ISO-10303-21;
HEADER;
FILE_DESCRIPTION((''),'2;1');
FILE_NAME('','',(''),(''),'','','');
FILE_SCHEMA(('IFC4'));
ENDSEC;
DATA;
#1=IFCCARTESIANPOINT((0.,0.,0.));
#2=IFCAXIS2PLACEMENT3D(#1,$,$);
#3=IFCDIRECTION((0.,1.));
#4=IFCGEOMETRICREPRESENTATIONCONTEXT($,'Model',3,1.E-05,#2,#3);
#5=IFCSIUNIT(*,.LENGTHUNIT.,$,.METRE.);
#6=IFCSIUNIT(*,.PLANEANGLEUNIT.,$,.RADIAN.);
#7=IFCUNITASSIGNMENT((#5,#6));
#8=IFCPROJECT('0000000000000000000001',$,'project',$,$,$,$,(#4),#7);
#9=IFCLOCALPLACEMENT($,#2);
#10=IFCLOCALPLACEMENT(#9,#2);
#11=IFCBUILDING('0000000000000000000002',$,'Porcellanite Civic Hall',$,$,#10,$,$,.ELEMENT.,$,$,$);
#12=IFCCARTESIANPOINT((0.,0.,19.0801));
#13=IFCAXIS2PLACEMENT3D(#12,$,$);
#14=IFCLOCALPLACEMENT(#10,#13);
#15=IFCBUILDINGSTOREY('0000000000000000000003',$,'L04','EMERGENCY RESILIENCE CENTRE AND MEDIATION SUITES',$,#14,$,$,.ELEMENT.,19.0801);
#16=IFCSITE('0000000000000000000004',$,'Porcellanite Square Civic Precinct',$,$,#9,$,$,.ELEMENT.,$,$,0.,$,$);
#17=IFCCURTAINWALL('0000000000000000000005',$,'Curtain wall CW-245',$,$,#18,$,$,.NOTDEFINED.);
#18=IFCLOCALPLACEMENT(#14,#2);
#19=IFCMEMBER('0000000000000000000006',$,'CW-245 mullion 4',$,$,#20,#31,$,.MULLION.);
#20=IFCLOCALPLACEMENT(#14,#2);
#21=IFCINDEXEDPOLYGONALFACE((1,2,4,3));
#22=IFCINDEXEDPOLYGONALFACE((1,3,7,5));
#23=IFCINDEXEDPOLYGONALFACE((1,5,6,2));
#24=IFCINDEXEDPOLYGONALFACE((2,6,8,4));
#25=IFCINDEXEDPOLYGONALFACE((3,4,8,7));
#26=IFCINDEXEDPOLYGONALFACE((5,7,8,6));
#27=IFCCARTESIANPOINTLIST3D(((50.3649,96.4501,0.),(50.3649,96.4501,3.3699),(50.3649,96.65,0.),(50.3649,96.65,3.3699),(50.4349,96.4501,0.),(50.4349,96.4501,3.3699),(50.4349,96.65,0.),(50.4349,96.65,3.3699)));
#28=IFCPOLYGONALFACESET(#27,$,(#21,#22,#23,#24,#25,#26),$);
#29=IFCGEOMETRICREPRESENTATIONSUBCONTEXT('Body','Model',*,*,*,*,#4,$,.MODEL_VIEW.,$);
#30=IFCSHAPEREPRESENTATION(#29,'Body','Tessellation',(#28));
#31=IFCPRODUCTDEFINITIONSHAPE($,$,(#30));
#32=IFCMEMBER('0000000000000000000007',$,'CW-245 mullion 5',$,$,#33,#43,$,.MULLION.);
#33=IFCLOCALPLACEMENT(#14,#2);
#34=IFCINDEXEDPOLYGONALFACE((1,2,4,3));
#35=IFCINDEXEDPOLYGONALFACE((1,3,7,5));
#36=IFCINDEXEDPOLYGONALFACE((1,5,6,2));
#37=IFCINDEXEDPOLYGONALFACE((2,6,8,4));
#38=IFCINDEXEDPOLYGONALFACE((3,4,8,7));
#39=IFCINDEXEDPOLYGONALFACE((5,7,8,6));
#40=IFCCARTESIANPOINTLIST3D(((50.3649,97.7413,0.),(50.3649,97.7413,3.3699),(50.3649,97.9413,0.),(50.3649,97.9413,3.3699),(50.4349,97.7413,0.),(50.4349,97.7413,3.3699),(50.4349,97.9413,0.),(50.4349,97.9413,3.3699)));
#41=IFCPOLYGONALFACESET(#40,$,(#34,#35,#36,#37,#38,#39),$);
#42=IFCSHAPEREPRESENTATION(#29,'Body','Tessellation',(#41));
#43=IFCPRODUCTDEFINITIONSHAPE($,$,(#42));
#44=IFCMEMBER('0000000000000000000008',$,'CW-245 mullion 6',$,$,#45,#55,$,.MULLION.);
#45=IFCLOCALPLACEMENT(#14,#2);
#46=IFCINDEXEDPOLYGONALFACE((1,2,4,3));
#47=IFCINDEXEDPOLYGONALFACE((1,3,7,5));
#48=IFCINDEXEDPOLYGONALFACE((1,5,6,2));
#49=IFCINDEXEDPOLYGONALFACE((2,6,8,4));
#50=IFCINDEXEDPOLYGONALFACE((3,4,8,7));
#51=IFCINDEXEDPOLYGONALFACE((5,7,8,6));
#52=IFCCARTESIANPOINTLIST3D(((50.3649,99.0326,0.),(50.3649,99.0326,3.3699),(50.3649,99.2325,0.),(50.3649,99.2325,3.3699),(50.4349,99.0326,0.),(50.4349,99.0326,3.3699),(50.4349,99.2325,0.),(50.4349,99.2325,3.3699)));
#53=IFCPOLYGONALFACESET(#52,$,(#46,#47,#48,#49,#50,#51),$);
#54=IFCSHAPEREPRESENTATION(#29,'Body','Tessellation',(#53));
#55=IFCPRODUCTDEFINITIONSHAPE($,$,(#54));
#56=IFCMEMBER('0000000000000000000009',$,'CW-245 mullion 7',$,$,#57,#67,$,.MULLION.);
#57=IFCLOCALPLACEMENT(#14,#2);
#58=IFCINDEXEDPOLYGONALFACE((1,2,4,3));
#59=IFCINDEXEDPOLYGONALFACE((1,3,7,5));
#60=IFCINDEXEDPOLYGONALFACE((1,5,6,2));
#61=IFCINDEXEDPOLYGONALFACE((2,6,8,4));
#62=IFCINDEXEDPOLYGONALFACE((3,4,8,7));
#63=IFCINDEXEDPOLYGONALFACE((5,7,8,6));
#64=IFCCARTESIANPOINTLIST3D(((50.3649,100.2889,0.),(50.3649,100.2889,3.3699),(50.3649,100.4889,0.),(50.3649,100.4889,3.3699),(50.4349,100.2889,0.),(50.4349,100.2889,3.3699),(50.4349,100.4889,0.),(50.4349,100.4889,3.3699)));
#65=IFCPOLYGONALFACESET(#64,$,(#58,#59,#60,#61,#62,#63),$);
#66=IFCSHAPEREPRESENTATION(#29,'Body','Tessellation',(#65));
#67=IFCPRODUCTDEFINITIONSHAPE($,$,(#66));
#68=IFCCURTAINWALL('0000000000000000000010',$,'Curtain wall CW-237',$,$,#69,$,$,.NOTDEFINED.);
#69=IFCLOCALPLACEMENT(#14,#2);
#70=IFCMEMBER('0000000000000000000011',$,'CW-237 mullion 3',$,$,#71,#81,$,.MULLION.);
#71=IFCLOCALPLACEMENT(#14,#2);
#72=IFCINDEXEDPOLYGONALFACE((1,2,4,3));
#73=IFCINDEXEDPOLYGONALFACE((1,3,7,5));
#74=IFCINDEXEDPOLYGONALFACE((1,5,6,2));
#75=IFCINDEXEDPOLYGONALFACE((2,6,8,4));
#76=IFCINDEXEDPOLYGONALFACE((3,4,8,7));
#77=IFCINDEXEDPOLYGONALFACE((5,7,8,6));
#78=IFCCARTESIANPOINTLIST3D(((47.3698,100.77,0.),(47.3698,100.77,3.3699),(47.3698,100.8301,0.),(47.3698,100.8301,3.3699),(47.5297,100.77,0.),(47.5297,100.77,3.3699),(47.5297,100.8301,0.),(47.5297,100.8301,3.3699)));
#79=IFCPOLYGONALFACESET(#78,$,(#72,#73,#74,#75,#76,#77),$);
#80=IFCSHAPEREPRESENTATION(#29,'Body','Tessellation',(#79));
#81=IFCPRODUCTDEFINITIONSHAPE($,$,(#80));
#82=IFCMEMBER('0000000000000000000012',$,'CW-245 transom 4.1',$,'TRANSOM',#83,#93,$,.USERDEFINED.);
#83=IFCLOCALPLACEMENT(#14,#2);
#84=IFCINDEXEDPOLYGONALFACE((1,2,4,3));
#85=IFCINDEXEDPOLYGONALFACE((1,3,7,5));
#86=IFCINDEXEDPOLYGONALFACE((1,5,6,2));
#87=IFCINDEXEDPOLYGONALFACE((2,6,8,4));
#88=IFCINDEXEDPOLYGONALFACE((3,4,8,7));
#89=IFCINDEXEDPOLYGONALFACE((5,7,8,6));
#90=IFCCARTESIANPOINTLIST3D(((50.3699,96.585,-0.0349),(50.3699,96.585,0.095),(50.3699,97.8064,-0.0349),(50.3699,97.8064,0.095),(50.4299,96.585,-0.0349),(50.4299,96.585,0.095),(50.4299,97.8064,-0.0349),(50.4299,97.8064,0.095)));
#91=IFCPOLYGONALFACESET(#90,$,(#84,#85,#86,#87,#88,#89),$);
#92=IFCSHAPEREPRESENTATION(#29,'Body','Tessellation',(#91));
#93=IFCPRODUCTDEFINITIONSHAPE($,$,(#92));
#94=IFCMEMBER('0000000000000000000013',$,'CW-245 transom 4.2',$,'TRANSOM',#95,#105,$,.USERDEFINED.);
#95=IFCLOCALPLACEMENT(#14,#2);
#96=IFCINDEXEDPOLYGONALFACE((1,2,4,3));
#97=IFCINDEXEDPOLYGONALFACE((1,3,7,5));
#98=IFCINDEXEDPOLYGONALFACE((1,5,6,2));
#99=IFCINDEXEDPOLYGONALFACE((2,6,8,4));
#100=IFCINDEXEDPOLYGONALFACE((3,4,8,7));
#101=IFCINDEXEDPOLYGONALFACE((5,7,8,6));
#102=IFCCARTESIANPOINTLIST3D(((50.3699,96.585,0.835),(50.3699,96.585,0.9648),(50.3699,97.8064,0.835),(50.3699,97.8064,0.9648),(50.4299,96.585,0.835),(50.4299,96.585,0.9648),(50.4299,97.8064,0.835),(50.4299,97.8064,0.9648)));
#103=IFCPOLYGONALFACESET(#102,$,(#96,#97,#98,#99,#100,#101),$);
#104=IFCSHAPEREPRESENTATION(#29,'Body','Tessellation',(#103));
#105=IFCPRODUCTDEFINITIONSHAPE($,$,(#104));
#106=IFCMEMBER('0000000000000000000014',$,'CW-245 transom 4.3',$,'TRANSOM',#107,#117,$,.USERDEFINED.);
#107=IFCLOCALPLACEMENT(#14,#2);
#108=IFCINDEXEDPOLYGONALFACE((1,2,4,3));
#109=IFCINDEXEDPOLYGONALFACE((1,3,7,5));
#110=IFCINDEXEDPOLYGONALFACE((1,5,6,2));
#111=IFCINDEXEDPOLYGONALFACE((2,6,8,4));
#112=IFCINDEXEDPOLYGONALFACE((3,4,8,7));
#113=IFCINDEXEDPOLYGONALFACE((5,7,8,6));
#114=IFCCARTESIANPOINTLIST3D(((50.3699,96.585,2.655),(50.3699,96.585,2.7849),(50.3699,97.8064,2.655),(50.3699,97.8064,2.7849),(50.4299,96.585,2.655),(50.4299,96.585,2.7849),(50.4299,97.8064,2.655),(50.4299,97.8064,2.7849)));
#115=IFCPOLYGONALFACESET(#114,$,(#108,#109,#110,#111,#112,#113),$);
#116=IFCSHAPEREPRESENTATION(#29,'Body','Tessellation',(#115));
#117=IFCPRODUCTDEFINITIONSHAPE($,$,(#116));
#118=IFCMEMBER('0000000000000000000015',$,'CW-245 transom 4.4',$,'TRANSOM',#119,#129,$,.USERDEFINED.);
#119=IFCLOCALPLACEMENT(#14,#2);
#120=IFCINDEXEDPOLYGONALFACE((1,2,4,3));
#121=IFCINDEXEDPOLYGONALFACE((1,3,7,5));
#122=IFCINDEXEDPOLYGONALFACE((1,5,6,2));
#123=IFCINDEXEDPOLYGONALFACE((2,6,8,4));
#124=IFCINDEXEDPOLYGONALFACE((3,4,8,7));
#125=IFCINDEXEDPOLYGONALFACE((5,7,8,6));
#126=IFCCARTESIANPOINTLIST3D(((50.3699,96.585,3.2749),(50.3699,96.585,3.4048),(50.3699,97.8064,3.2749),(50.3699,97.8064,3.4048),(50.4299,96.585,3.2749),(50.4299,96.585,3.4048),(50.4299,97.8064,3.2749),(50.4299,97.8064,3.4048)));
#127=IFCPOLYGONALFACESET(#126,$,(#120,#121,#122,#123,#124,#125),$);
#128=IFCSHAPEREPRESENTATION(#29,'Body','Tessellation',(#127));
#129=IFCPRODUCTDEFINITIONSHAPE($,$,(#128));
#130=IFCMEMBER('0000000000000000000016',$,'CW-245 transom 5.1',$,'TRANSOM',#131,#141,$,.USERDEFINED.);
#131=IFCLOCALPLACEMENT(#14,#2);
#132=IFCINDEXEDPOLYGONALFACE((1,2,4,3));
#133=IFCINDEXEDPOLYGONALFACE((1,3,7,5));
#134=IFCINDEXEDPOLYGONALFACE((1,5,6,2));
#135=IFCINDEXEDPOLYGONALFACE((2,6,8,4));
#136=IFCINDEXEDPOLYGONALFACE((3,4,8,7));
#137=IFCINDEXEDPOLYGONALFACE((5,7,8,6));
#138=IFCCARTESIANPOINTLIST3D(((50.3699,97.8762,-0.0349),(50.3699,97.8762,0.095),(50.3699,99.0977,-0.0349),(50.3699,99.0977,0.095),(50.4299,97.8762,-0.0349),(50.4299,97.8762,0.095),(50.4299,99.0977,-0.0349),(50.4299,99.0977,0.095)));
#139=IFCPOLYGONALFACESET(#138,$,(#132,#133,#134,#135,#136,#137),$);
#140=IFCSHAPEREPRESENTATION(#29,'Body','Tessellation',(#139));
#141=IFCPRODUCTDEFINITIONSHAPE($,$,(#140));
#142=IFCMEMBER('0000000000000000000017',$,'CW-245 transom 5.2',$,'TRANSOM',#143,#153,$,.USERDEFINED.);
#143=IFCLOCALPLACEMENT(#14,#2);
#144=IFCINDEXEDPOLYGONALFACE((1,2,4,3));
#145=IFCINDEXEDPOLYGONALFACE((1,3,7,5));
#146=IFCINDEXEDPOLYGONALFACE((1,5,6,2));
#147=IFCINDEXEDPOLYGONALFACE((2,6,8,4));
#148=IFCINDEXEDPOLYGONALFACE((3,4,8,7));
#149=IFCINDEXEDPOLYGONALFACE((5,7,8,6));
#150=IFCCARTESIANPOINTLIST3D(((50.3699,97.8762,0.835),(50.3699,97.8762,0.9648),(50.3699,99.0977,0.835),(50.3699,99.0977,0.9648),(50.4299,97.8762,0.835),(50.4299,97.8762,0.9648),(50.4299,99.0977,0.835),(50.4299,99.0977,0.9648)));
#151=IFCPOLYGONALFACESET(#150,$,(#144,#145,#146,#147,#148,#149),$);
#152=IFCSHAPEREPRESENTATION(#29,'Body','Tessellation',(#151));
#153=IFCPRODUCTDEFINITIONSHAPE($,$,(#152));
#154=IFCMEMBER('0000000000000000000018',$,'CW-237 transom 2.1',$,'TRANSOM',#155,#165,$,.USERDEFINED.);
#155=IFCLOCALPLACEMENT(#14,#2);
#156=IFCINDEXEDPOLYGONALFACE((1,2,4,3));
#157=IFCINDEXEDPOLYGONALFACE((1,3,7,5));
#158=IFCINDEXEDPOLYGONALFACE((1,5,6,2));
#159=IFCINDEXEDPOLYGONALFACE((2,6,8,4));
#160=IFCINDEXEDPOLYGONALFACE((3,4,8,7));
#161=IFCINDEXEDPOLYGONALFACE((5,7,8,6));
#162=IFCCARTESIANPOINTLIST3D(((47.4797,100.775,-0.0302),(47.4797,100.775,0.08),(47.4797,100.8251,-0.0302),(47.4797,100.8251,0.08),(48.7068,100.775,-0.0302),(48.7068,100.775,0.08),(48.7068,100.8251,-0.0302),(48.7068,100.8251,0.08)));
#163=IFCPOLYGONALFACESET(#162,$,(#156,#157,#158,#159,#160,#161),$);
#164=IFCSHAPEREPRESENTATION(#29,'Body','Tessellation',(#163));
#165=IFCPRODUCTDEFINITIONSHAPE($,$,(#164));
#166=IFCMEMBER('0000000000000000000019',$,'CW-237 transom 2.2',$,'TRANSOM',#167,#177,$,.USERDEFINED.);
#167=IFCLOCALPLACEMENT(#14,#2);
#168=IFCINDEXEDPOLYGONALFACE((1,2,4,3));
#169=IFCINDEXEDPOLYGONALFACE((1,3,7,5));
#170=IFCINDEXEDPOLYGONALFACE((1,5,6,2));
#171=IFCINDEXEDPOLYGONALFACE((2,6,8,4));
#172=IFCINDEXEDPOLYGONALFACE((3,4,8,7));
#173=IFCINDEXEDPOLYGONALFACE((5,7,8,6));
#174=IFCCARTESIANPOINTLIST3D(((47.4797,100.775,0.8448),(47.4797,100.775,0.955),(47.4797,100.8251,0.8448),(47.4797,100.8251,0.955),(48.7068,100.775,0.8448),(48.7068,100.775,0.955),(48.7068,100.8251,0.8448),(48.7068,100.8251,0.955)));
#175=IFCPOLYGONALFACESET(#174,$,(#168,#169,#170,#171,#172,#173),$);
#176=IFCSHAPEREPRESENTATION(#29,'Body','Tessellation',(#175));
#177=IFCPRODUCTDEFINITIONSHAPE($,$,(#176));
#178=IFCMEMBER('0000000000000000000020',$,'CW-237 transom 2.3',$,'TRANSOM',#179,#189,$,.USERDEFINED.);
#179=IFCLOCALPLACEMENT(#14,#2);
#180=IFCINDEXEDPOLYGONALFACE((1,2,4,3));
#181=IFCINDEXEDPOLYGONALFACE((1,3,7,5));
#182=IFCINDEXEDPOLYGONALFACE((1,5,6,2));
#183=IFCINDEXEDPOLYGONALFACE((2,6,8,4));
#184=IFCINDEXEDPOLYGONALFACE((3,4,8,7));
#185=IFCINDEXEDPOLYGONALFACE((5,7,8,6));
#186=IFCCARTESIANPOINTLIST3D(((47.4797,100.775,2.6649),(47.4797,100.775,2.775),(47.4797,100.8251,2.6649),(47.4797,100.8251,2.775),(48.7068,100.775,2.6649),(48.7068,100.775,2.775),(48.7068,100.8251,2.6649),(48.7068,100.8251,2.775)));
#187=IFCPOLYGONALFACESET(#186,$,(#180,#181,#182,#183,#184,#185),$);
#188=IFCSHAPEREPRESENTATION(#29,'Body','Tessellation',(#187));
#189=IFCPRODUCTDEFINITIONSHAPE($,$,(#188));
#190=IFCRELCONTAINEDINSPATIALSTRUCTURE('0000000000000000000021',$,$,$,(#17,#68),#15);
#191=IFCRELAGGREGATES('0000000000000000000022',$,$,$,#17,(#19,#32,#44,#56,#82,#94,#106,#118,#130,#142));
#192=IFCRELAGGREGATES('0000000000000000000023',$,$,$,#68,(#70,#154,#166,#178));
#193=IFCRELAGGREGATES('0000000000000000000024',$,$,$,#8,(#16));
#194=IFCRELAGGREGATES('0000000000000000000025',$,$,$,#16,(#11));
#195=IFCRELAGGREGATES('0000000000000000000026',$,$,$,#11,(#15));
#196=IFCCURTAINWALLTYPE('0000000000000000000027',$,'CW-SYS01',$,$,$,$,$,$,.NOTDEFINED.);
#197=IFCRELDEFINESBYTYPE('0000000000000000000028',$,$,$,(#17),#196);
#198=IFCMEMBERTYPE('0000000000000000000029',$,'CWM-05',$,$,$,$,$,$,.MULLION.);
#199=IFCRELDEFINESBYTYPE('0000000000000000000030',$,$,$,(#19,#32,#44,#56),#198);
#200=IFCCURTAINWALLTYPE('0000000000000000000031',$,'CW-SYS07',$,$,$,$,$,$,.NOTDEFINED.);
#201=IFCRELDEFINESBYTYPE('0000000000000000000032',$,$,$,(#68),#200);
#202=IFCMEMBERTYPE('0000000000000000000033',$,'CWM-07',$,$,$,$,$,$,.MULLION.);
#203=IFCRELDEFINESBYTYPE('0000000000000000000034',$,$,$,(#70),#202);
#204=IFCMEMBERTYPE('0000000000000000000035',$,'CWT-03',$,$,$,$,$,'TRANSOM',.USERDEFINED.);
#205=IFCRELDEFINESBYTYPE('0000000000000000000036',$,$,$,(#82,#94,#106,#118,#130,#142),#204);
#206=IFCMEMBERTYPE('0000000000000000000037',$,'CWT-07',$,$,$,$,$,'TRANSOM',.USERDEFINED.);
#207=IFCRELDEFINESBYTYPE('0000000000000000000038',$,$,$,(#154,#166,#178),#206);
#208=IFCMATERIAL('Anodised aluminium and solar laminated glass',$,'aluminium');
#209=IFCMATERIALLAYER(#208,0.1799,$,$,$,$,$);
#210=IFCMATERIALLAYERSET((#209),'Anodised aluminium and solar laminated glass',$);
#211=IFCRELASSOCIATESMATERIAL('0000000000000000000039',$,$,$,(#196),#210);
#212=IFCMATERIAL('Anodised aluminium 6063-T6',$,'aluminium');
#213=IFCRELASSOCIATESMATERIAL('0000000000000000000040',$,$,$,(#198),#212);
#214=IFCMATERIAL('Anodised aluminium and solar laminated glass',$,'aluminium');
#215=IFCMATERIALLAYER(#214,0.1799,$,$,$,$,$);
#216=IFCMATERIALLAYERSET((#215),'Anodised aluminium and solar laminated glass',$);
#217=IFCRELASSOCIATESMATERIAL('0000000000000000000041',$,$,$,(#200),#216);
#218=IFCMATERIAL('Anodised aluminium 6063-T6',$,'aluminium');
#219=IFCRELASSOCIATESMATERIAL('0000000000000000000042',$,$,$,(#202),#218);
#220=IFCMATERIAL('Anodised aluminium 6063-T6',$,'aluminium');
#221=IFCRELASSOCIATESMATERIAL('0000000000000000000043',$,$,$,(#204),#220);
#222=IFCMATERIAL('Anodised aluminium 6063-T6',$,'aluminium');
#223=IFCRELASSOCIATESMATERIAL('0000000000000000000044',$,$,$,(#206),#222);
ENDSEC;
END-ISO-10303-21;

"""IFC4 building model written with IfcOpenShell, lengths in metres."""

from ifc_helpers import new_model, si_unit, direction, frame, origin, origin_2d, place, context, subcontext, project, spatial, rectangle, extrude, material, layer, layer_set, material_profile, profile_set, type_object, element, aggregate, save


model = new_model("IFC4")

# Units and contexts
model_context = context("Model", 3, precision=1e-05, world=origin(), true_north=direction((0.0, 1.0)))
body_context = subcontext(model_context, "Body", "Model", "MODEL_VIEW")
ifc_project = project(units=[si_unit("LENGTHUNIT", "METRE"), si_unit("PLANEANGLEUNIT", "RADIAN")], contexts=[model_context])

# Site, building, storey
site_placement = place(None, origin())
site = spatial("IfcSite", under=ifc_project, at=site_placement, Name="Porcellanite Square Civic Precinct", CompositionType="ELEMENT", RefElevation=0.0)
building_placement = place(site_placement, origin())
building = spatial("IfcBuilding", under=site, at=building_placement, Name="Porcellanite Civic Hall", CompositionType="ELEMENT")
storey_placement = place(building_placement, frame((0.0, 0.0, 19.0801)))
storey = spatial("IfcBuildingStorey", under=building, at=storey_placement, Name="L04", Description="EMERGENCY RESILIENCE CENTRE AND MEDIATION SUITES", CompositionType="ELEMENT", Elevation=19.0801)

# Curtain wall, members
ifc_material_1 = material(Name="Anodised aluminium and solar laminated glass", Category="aluminium")
ifc_layer_1 = layer(ifc_material_1, 0.1799)
ifc_layer_set_1 = layer_set([ifc_layer_1], Name="Anodised aluminium and solar laminated glass")
curtain_wall_type_1 = type_object("IfcCurtainWallType", Name="CW-SYS01", PredefinedType="NOTDEFINED", material=ifc_layer_set_1)
curtain_wall_1_placement = place(storey_placement, origin())
curtain_wall_1 = element("IfcCurtainWall", 1, at=curtain_wall_1_placement, inside=storey, type_object=curtain_wall_type_1, Name="Curtain wall CW-245", PredefinedType="NOTDEFINED")
ifc_material_2 = material(Name="Anodised aluminium 6063-T6", Category="aluminium")
ifc_material_profile_1 = material_profile(ifc_material_2, rectangle(XDim=0.0701, YDim=0.2, at=origin_2d()), Name="AL-70x200")
ifc_profile_set_1 = profile_set([ifc_material_profile_1], Name="Anodised aluminium 6063-T6")
member_type_1 = type_object("IfcMemberType", Name="CWM-05", PredefinedType="MULLION", material=ifc_profile_set_1)
member_1_placement = place(storey_placement, frame((50.3999, 96.55, 0.0), z_axis=(0.0, 0.0, 1.0), x_axis=(-1.0, 0.0, 0.0)))
member_1 = element("IfcMember", 2, at=member_1_placement, type_object=member_type_1, Name="CW-245 mullion 4", PredefinedType="MULLION", context=body_context, shape_type="SweptSolid", body=[
    extrude(rectangle(XDim=0.0701, YDim=0.2, at=origin_2d()), origin(), (0.0, 0.0, 1.0), 3.3699),
])
member_2_placement = place(storey_placement, frame((50.3999, 97.8413, 0.0), z_axis=(0.0, 0.0, 1.0), x_axis=(-1.0, 0.0, 0.0)))
member_2 = element("IfcMember", 3, at=member_2_placement, type_object=member_type_1, Name="CW-245 mullion 5", PredefinedType="MULLION", context=body_context, shape_type="SweptSolid", body=[
    extrude(rectangle(XDim=0.0701, YDim=0.2, at=origin_2d()), origin(), (0.0, 0.0, 1.0), 3.3699),
])
member_3_placement = place(storey_placement, frame((50.3999, 99.1326, 0.0), z_axis=(0.0, 0.0, 1.0), x_axis=(-1.0, 0.0, 0.0)))
member_3 = element("IfcMember", 4, at=member_3_placement, type_object=member_type_1, Name="CW-245 mullion 6", PredefinedType="MULLION", context=body_context, shape_type="SweptSolid", body=[
    extrude(rectangle(XDim=0.0701, YDim=0.2, at=origin_2d()), origin(), (0.0, 0.0, 1.0), 3.3699),
])
member_4_placement = place(storey_placement, frame((50.3999, 100.3889, 0.0), z_axis=(0.0, 0.0, 1.0), x_axis=(-1.0, 0.0, 0.0)))
member_4 = element("IfcMember", 5, at=member_4_placement, type_object=member_type_1, Name="CW-245 mullion 7", PredefinedType="MULLION", context=body_context, shape_type="SweptSolid", body=[
    extrude(rectangle(XDim=0.0701, YDim=0.2, at=origin_2d()), origin(), (0.0, 0.0, 1.0), 3.3699),
])

# Curtain wall, member
ifc_material_3 = material(Name="Anodised aluminium and solar laminated glass", Category="aluminium")
ifc_layer_2 = layer(ifc_material_3, 0.1799)
ifc_layer_set_2 = layer_set([ifc_layer_2], Name="Anodised aluminium and solar laminated glass")
curtain_wall_type_2 = type_object("IfcCurtainWallType", Name="CW-SYS07", PredefinedType="NOTDEFINED", material=ifc_layer_set_2)
curtain_wall_2_placement = place(storey_placement, origin())
curtain_wall_2 = element("IfcCurtainWall", 6, at=curtain_wall_2_placement, inside=storey, type_object=curtain_wall_type_2, Name="Curtain wall CW-237", PredefinedType="NOTDEFINED")
ifc_material_4 = material(Name="Anodised aluminium 6063-T6", Category="aluminium")
ifc_material_profile_2 = material_profile(ifc_material_4, rectangle(XDim=0.0601, YDim=0.1599, at=origin_2d()), Name="AL-60x160")
ifc_profile_set_2 = profile_set([ifc_material_profile_2], Name="Anodised aluminium 6063-T6")
member_type_2 = type_object("IfcMemberType", Name="CWM-07", PredefinedType="MULLION", material=ifc_profile_set_2)
member_5_placement = place(storey_placement, frame((47.4497, 100.8, 0.0), z_axis=(0.0, 0.0, 1.0), x_axis=(0.0, -1.0, 0.0)))
member_5 = element("IfcMember", 7, at=member_5_placement, type_object=member_type_2, Name="CW-237 mullion 3", PredefinedType="MULLION", context=body_context, shape_type="SweptSolid", body=[
    extrude(rectangle(XDim=0.0601, YDim=0.1599, at=origin_2d()), origin(), (0.0, 0.0, 1.0), 3.3699),
])

# Members
ifc_material_5 = material(Name="Anodised aluminium 6063-T6", Category="aluminium")
ifc_material_profile_3 = material_profile(ifc_material_5, rectangle(XDim=0.0601, YDim=0.1299, at=origin_2d()), Name="AL-60x130")
ifc_profile_set_3 = profile_set([ifc_material_profile_3], Name="Anodised aluminium 6063-T6")
member_type_3 = type_object("IfcMemberType", Name="CWT-03", ElementType="TRANSOM", PredefinedType="USERDEFINED", material=ifc_profile_set_3)
member_6_placement = place(storey_placement, frame((50.3999, 96.585, 0.03), z_axis=(0.0, 1.0, 0.0), x_axis=(-1.0, 0.0, 0.0)))
member_6 = element("IfcMember", 8, at=member_6_placement, type_object=member_type_3, Name="CW-245 transom 4.1", ObjectType="TRANSOM", PredefinedType="USERDEFINED", context=body_context, shape_type="SweptSolid", body=[
    extrude(rectangle(XDim=0.0601, YDim=0.1299, at=origin_2d()), origin(), (0.0, 0.0, 1.0), 1.2214),
])
member_7_placement = place(storey_placement, frame((50.3999, 96.585, 0.8999), z_axis=(0.0, 1.0, 0.0), x_axis=(-1.0, 0.0, 0.0)))
member_7 = element("IfcMember", 9, at=member_7_placement, type_object=member_type_3, Name="CW-245 transom 4.2", ObjectType="TRANSOM", PredefinedType="USERDEFINED", context=body_context, shape_type="SweptSolid", body=[
    extrude(rectangle(XDim=0.0601, YDim=0.1299, at=origin_2d()), origin(), (0.0, 0.0, 1.0), 1.2214),
])
member_8_placement = place(storey_placement, frame((50.3999, 96.585, 2.72), z_axis=(0.0, 1.0, 0.0), x_axis=(-1.0, 0.0, 0.0)))
member_8 = element("IfcMember", 10, at=member_8_placement, type_object=member_type_3, Name="CW-245 transom 4.3", ObjectType="TRANSOM", PredefinedType="USERDEFINED", context=body_context, shape_type="SweptSolid", body=[
    extrude(rectangle(XDim=0.0601, YDim=0.1299, at=origin_2d()), origin(), (0.0, 0.0, 1.0), 1.2214),
])
member_9_placement = place(storey_placement, frame((50.3999, 96.585, 3.3398), z_axis=(0.0, 1.0, 0.0), x_axis=(-1.0, 0.0, 0.0)))
member_9 = element("IfcMember", 11, at=member_9_placement, type_object=member_type_3, Name="CW-245 transom 4.4", ObjectType="TRANSOM", PredefinedType="USERDEFINED", context=body_context, shape_type="SweptSolid", body=[
    extrude(rectangle(XDim=0.0601, YDim=0.1299, at=origin_2d()), origin(), (0.0, 0.0, 1.0), 1.2214),
])
member_10_placement = place(storey_placement, frame((50.3999, 97.8762, 0.03), z_axis=(0.0, 1.0, 0.0), x_axis=(-1.0, 0.0, 0.0)))
member_10 = element("IfcMember", 12, at=member_10_placement, type_object=member_type_3, Name="CW-245 transom 5.1", ObjectType="TRANSOM", PredefinedType="USERDEFINED", context=body_context, shape_type="SweptSolid", body=[
    extrude(rectangle(XDim=0.0601, YDim=0.1299, at=origin_2d()), origin(), (0.0, 0.0, 1.0), 1.2214),
])
member_11_placement = place(storey_placement, frame((50.3999, 97.8762, 0.8999), z_axis=(0.0, 1.0, 0.0), x_axis=(-1.0, 0.0, 0.0)))
member_11 = element("IfcMember", 13, at=member_11_placement, type_object=member_type_3, Name="CW-245 transom 5.2", ObjectType="TRANSOM", PredefinedType="USERDEFINED", context=body_context, shape_type="SweptSolid", body=[
    extrude(rectangle(XDim=0.0601, YDim=0.1299, at=origin_2d()), origin(), (0.0, 0.0, 1.0), 1.2214),
])
ifc_material_6 = material(Name="Anodised aluminium 6063-T6", Category="aluminium")
ifc_material_profile_4 = material_profile(ifc_material_6, rectangle(XDim=0.05, YDim=0.1101, at=origin_2d()), Name="AL-50x110")
ifc_profile_set_4 = profile_set([ifc_material_profile_4], Name="Anodised aluminium 6063-T6")
member_type_4 = type_object("IfcMemberType", Name="CWT-07", ElementType="TRANSOM", PredefinedType="USERDEFINED", material=ifc_profile_set_4)
member_12_placement = place(storey_placement, frame((48.7068, 100.8, 0.0249), z_axis=(-1.0, 0.0, 0.0), x_axis=(0.0, -1.0, 0.0)))
member_12 = element("IfcMember", 14, at=member_12_placement, type_object=member_type_4, Name="CW-237 transom 2.1", ObjectType="TRANSOM", PredefinedType="USERDEFINED", context=body_context, shape_type="SweptSolid", body=[
    extrude(rectangle(XDim=0.05, YDim=0.1101, at=origin_2d()), origin(), (0.0, 0.0, 1.0), 1.2271),
])
member_13_placement = place(storey_placement, frame((48.7068, 100.8, 0.8999), z_axis=(-1.0, 0.0, 0.0), x_axis=(0.0, -1.0, 0.0)))
member_13 = element("IfcMember", 15, at=member_13_placement, type_object=member_type_4, Name="CW-237 transom 2.2", ObjectType="TRANSOM", PredefinedType="USERDEFINED", context=body_context, shape_type="SweptSolid", body=[
    extrude(rectangle(XDim=0.05, YDim=0.1101, at=origin_2d()), origin(), (0.0, 0.0, 1.0), 1.2271),
])
member_14_placement = place(storey_placement, frame((48.7068, 100.8, 2.72), z_axis=(-1.0, 0.0, 0.0), x_axis=(0.0, -1.0, 0.0)))
member_14 = element("IfcMember", 16, at=member_14_placement, type_object=member_type_4, Name="CW-237 transom 2.3", ObjectType="TRANSOM", PredefinedType="USERDEFINED", context=body_context, shape_type="SweptSolid", body=[
    extrude(rectangle(XDim=0.05, YDim=0.1101, at=origin_2d()), origin(), (0.0, 0.0, 1.0), 1.2271),
])

aggregate(curtain_wall_1, [member_1, member_2, member_3, member_4, member_6, member_7, member_8, member_9, member_10, member_11])
aggregate(curtain_wall_2, [member_5, member_12, member_13, member_14])

save(model, "model.ifc")
